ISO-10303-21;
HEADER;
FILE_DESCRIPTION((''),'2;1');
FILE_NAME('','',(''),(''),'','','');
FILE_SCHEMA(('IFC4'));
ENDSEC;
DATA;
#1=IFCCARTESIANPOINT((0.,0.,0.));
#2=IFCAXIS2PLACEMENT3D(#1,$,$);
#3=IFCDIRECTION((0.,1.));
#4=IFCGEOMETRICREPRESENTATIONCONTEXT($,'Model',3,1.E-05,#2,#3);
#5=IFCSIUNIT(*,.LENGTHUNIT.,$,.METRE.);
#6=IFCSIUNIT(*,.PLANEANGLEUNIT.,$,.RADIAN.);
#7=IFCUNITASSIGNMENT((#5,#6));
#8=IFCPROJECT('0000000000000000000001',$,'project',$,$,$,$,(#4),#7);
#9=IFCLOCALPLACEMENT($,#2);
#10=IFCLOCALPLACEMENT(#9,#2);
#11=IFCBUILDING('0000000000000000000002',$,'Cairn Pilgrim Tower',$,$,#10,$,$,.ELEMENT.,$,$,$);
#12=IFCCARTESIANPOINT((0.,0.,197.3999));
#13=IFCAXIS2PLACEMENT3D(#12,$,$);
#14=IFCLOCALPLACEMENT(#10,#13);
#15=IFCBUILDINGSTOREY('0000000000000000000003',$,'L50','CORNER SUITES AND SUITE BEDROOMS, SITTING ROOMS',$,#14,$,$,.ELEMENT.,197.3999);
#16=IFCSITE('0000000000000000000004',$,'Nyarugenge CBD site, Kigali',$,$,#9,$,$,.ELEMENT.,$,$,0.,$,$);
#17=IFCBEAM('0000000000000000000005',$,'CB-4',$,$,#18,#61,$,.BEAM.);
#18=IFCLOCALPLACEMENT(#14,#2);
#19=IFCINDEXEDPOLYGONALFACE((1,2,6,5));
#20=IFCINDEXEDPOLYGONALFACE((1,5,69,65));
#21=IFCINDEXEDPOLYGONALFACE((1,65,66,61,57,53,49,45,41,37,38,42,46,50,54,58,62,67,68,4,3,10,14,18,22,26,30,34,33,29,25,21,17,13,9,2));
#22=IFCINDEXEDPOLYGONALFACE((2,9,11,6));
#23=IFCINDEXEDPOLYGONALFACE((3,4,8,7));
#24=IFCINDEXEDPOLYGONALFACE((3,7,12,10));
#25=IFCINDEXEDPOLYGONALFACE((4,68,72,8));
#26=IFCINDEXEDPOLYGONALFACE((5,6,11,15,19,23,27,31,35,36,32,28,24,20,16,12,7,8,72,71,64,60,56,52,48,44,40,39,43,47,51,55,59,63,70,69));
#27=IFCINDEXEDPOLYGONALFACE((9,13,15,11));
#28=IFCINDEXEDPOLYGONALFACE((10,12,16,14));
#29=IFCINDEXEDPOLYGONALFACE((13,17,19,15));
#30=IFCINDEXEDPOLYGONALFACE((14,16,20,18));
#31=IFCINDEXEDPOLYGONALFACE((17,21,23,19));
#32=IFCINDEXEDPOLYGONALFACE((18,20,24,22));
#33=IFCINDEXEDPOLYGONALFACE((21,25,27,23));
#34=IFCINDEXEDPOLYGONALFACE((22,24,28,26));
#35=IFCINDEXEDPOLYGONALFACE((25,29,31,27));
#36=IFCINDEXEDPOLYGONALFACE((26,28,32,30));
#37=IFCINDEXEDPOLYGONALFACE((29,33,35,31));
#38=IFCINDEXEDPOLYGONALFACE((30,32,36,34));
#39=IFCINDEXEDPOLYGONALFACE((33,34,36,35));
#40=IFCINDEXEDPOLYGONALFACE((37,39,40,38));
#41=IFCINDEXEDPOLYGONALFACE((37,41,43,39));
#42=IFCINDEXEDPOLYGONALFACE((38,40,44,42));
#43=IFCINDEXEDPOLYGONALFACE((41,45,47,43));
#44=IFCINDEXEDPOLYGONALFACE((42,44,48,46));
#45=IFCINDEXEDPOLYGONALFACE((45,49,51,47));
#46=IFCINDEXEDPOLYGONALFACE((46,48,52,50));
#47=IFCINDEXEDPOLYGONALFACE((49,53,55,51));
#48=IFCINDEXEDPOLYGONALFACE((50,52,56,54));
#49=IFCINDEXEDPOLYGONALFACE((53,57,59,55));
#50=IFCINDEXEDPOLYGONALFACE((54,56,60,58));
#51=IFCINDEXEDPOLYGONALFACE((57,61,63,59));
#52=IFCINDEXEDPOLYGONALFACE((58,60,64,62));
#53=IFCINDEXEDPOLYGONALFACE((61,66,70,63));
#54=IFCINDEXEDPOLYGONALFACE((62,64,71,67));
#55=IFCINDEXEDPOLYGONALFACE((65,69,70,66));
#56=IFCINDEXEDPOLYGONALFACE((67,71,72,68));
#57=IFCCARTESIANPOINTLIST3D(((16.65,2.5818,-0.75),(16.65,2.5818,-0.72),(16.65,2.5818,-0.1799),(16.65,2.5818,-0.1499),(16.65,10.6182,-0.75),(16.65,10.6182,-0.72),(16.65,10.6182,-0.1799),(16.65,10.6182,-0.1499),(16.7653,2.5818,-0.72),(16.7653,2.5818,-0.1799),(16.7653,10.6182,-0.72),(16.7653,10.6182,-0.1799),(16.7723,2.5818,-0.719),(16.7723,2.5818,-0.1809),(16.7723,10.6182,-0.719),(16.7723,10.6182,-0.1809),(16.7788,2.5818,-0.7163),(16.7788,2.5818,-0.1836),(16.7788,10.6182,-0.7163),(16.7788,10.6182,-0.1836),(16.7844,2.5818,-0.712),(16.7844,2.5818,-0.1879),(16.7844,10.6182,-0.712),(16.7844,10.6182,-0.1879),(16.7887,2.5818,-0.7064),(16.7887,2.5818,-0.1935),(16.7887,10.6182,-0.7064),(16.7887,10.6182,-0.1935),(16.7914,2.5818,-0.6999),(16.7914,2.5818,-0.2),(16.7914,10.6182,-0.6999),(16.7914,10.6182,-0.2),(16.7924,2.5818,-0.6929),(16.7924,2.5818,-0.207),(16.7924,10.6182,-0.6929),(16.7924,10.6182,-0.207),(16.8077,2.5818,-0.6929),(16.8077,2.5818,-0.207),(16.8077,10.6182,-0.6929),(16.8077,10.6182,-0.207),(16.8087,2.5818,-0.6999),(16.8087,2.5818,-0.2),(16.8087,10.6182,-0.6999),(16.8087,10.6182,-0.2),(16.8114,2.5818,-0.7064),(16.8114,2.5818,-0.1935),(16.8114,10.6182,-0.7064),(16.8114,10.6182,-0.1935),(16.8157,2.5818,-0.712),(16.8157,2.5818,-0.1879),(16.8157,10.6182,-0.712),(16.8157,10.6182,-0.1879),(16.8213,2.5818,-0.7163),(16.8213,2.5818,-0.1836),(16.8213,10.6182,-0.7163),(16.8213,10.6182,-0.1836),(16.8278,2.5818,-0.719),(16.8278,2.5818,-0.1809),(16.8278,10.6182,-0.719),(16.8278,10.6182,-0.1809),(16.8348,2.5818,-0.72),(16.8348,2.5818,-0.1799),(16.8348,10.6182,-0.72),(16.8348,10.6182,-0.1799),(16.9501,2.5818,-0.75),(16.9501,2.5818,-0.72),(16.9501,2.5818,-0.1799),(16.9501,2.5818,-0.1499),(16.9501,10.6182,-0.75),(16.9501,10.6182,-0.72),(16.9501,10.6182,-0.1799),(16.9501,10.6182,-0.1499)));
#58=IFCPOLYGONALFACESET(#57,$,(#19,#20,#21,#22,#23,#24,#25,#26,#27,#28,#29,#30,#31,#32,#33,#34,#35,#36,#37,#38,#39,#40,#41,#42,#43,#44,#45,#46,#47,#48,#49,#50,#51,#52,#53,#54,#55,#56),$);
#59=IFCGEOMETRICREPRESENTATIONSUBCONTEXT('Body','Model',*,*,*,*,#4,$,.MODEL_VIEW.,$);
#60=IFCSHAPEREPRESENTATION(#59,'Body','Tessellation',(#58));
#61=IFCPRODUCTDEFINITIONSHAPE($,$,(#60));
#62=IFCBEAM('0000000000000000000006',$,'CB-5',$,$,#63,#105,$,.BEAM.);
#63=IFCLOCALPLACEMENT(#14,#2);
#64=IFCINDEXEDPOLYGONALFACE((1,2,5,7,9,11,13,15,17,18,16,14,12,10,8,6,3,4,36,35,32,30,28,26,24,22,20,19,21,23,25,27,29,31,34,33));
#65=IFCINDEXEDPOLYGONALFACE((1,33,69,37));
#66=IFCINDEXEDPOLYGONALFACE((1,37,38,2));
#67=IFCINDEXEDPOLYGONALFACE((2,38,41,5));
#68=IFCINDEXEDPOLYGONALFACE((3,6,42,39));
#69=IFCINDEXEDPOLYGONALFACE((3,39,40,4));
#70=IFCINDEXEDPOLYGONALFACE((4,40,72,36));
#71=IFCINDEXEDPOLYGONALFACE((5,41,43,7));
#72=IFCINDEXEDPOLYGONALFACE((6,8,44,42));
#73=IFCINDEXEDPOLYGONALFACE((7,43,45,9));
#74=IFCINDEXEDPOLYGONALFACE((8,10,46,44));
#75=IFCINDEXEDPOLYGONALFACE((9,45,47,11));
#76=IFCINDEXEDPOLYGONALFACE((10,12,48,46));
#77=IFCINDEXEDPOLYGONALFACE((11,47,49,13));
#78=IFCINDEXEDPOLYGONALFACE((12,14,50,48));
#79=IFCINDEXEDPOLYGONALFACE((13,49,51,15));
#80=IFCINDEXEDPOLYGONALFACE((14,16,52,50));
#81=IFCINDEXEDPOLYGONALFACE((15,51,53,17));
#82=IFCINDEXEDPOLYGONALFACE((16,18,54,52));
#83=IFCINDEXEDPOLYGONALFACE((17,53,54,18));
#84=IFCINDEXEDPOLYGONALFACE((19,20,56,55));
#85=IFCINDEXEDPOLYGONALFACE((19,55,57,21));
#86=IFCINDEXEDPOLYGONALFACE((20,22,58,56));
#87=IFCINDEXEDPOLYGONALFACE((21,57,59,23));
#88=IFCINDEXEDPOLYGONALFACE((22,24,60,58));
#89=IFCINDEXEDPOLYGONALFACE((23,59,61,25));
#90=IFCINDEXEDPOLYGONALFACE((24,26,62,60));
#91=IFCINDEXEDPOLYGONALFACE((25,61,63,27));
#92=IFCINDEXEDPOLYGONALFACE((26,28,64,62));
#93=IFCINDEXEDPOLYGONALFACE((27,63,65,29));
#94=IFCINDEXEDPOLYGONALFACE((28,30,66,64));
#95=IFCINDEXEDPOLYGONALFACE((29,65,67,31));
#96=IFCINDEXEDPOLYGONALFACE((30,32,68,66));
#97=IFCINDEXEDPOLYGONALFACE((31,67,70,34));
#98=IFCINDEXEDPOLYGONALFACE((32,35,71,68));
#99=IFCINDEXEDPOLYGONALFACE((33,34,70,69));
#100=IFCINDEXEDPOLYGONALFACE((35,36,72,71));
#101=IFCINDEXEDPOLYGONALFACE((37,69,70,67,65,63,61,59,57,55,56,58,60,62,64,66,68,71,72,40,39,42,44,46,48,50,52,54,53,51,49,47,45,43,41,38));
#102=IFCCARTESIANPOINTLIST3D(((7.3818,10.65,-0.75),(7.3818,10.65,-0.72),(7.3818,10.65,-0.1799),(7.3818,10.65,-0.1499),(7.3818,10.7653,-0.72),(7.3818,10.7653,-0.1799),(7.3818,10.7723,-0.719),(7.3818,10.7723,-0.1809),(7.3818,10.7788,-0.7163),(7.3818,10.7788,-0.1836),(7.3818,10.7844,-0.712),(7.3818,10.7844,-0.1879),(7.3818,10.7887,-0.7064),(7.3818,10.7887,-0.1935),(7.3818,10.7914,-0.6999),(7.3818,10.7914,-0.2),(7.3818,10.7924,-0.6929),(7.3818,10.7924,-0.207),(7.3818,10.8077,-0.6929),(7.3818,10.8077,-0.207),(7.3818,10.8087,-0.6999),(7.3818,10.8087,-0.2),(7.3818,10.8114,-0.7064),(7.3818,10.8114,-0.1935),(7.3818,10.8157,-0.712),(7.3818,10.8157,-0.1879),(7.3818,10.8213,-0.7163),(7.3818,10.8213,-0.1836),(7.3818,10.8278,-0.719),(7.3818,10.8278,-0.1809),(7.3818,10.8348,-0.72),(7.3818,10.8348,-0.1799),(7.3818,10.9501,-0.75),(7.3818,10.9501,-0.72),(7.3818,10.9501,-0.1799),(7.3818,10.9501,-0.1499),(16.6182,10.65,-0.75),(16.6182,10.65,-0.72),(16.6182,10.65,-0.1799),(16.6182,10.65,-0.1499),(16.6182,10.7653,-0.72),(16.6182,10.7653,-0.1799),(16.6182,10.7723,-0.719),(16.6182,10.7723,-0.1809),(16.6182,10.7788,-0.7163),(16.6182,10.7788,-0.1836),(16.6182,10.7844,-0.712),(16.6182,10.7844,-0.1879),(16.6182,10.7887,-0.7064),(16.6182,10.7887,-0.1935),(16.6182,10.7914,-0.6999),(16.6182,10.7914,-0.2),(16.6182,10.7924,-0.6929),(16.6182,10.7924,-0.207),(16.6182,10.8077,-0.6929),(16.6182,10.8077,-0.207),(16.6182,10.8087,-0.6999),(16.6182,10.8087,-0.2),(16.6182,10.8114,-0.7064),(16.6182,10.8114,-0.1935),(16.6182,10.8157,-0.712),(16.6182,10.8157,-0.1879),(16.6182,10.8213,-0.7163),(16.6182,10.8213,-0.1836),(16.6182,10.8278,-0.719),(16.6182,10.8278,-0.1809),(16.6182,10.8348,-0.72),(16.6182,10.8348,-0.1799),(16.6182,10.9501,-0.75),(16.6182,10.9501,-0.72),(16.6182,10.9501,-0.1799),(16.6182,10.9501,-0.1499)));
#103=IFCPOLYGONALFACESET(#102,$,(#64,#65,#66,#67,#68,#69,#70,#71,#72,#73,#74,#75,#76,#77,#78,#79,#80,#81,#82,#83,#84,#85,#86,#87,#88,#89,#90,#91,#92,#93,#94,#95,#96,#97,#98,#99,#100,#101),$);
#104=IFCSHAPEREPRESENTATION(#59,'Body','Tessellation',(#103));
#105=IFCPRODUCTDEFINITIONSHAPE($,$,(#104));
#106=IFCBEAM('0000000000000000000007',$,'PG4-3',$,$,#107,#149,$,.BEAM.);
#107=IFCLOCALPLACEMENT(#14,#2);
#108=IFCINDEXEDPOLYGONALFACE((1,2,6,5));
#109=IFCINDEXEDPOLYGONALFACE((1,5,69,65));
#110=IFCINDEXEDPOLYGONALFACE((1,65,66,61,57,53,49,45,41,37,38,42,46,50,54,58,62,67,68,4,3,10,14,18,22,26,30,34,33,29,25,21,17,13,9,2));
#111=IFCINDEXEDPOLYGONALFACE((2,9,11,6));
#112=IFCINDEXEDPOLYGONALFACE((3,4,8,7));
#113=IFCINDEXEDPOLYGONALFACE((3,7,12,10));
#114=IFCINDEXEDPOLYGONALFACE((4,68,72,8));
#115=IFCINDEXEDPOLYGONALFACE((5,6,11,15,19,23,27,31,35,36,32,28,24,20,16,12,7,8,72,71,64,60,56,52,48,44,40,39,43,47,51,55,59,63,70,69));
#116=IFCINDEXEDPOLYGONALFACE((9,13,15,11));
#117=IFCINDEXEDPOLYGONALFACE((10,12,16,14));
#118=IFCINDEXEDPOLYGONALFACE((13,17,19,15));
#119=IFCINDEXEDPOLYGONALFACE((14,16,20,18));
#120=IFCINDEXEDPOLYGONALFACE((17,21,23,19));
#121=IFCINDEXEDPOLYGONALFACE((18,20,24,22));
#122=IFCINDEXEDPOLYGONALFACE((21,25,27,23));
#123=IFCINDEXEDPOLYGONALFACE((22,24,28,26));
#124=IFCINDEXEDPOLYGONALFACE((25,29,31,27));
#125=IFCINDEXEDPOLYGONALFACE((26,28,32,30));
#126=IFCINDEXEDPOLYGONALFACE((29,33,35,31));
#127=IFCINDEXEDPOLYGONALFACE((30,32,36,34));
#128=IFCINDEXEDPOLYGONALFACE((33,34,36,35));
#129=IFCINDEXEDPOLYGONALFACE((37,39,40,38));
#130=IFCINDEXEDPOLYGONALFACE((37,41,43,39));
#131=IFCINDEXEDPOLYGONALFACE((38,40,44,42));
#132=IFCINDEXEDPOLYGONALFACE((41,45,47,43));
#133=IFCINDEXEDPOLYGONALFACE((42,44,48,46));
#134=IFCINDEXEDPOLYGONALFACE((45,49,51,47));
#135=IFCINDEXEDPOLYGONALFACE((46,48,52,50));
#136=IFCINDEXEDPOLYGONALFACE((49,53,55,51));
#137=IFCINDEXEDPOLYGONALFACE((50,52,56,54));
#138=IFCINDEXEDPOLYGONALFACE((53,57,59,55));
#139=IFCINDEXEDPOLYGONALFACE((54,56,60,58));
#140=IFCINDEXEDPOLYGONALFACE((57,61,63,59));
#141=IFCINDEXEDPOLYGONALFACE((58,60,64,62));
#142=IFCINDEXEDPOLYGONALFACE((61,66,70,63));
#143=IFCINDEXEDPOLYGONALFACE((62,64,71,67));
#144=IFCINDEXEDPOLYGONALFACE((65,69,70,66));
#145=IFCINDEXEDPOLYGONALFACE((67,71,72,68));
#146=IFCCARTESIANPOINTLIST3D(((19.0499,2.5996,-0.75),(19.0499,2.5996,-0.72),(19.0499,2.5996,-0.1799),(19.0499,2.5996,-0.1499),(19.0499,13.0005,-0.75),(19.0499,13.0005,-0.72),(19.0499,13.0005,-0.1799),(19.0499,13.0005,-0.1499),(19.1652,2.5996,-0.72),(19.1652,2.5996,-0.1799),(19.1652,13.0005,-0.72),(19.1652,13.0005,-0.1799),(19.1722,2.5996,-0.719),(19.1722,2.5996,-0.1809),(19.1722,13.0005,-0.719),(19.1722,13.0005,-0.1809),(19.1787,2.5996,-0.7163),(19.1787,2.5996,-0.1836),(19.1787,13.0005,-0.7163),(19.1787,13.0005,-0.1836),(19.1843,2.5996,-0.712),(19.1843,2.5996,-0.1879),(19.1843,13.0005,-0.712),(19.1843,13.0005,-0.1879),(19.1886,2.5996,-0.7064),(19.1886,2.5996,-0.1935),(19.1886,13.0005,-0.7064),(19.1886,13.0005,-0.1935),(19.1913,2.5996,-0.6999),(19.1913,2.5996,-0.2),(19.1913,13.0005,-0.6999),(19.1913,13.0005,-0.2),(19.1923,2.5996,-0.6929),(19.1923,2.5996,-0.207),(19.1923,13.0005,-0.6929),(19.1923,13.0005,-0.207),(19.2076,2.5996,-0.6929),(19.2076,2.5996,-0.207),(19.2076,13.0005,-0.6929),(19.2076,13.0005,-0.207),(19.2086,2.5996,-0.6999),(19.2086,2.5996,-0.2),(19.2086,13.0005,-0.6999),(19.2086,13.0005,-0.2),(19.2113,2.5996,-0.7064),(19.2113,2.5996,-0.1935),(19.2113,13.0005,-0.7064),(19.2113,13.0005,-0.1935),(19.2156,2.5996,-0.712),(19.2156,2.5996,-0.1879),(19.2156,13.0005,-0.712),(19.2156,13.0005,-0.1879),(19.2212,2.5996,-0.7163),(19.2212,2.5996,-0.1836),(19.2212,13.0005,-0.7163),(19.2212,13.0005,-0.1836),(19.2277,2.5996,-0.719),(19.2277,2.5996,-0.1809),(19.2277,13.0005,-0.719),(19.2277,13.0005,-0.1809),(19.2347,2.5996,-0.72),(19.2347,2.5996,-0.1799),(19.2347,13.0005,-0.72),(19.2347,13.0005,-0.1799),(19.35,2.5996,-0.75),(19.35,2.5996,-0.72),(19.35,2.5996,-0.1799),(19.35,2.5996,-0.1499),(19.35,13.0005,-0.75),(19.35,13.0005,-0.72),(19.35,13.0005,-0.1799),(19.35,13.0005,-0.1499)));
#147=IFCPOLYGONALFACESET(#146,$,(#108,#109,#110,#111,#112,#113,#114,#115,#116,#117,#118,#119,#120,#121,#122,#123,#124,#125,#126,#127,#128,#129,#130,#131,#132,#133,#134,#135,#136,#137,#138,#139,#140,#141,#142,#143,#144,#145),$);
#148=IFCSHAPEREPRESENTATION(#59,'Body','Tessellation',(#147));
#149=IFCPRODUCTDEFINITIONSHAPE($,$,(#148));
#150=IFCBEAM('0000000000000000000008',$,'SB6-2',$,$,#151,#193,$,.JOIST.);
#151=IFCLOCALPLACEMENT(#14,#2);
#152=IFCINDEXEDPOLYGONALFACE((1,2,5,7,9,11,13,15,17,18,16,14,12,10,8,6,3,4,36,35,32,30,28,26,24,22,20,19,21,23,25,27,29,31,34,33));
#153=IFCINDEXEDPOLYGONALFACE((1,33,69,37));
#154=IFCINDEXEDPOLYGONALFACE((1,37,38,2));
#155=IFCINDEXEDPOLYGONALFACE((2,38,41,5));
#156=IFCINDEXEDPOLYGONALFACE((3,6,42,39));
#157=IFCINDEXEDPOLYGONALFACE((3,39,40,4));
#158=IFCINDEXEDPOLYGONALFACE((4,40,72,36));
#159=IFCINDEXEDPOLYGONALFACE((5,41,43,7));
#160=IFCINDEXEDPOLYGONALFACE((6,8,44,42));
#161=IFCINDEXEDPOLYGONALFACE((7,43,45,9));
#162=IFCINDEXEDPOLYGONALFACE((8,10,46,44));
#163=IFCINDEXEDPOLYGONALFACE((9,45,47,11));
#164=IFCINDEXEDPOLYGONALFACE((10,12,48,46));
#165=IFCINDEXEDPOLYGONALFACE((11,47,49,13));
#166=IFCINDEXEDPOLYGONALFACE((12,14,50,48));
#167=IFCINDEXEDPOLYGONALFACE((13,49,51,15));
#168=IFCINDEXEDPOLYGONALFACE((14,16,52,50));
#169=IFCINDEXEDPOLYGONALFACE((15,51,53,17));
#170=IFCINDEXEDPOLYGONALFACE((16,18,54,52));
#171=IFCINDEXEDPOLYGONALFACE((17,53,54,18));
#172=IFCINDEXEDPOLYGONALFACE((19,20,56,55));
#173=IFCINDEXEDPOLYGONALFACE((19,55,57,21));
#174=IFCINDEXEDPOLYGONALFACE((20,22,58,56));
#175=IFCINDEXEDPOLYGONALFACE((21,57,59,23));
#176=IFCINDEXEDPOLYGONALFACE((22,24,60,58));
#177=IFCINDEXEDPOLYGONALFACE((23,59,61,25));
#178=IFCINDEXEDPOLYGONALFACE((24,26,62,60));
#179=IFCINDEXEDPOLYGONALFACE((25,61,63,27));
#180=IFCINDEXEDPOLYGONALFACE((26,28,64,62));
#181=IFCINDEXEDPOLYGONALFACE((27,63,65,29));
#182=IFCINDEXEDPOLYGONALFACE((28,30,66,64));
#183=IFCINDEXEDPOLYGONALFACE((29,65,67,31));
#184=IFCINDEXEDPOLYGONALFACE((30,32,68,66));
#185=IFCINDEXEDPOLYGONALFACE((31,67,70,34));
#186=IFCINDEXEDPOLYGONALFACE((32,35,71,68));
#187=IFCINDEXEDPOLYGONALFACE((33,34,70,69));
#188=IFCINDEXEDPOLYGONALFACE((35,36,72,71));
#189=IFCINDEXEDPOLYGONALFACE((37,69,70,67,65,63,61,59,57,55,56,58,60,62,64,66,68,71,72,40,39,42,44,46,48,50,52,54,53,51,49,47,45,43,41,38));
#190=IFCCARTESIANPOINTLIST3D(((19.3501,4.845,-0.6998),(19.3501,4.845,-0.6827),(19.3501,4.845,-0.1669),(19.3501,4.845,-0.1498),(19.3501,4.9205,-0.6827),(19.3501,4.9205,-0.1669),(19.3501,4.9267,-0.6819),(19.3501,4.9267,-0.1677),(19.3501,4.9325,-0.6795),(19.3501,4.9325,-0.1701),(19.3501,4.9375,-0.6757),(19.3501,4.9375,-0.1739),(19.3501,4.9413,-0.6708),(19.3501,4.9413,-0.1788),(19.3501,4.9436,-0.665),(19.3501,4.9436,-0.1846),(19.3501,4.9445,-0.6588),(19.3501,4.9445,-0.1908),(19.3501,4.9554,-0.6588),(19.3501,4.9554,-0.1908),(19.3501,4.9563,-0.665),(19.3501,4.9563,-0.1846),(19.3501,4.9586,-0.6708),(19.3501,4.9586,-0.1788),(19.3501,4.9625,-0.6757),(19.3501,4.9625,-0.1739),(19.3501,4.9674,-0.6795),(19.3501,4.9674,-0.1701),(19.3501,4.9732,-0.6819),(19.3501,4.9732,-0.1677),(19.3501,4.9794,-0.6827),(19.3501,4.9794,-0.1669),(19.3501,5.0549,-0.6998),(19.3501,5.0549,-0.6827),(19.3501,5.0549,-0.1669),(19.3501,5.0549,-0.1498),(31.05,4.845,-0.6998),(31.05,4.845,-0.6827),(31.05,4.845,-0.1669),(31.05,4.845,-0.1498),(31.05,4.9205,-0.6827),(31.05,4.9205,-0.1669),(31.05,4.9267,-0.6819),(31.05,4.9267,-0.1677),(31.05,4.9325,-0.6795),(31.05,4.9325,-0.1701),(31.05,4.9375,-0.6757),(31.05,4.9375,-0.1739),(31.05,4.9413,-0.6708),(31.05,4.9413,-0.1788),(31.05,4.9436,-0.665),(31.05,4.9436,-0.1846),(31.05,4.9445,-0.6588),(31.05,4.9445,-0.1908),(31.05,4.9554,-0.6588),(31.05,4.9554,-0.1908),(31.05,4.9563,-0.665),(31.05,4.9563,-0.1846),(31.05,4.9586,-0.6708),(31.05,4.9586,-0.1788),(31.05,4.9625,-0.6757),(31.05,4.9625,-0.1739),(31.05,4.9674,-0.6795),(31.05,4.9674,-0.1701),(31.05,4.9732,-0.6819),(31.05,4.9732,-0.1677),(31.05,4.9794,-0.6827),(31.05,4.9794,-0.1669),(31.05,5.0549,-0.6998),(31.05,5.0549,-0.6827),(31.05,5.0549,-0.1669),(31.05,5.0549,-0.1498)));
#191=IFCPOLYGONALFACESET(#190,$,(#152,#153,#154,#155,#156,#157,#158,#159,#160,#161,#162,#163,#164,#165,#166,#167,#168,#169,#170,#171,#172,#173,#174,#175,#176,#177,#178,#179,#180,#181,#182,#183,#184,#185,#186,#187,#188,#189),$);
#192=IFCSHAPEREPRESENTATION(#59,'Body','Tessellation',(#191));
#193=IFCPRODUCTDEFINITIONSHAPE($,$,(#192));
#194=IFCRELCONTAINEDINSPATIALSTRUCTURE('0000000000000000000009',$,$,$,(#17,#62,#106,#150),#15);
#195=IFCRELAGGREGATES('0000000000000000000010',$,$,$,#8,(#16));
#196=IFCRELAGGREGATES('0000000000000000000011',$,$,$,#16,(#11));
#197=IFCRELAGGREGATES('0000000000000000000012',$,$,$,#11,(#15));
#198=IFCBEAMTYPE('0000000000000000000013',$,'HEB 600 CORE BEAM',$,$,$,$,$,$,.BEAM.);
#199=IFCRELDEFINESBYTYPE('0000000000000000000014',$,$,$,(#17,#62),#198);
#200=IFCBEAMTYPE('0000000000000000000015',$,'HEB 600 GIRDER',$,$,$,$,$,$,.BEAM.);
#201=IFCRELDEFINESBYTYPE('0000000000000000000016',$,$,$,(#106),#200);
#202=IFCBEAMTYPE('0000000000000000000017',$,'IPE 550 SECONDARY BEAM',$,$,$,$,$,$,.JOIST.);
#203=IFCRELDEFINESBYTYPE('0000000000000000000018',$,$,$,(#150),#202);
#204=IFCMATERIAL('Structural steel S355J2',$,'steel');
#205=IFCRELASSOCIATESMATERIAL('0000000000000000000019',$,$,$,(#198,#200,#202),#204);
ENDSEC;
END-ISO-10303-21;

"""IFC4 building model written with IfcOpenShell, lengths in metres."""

from ifc_helpers import new_model, si_unit, direction, frame, origin, origin_2d, place, context, subcontext, project, spatial, i_section, extrude, material, material_profile, profile_set, type_object, element, save


model = new_model("IFC4")

# Units and contexts
model_context = context("Model", 3, precision=1e-05, world=origin(), true_north=direction((0.0, 1.0)))
body_context = subcontext(model_context, "Body", "Model", "MODEL_VIEW")
ifc_project = project(units=[si_unit("LENGTHUNIT", "METRE"), si_unit("PLANEANGLEUNIT", "RADIAN")], contexts=[model_context])

# Site, building, storey
site_placement = place(None, origin())
site = spatial("IfcSite", under=ifc_project, at=site_placement, Name="Nyarugenge CBD site, Kigali", CompositionType="ELEMENT", RefElevation=0.0)
building_placement = place(site_placement, origin())
building = spatial("IfcBuilding", under=site, at=building_placement, Name="Cairn Pilgrim Tower", CompositionType="ELEMENT")
storey_placement = place(building_placement, frame((0.0, 0.0, 197.3999)))
storey = spatial("IfcBuildingStorey", under=building, at=storey_placement, Name="L50", Description="CORNER SUITES AND SUITE BEDROOMS, SITTING ROOMS", CompositionType="ELEMENT", Elevation=197.3999)

# Shared definitions
ifc_material_1 = material(Name="Structural steel S355J2", Category="steel")

# Beams
ifc_material_profile_1 = material_profile(ifc_material_1, i_section(OverallWidth=0.3, OverallDepth=0.6001, WebThickness=0.0154, FlangeThickness=0.03, FilletRadius=0.0271, at=origin_2d()), Name="HEB 600")
ifc_profile_set_1 = profile_set([ifc_material_profile_1], Name="Structural steel S355J2")
beam_type_1 = type_object("IfcBeamType", Name="HEB 600 CORE BEAM", PredefinedType="BEAM", material=ifc_profile_set_1)
beam_1_placement = place(storey_placement, frame((16.8, 2.5818, -0.45), z_axis=(0.0, 1.0, 0.0), x_axis=(-1.0, 0.0, 0.0)))
element("IfcBeam", 1, at=beam_1_placement, inside=storey, type_object=beam_type_1, Name="CB-4", PredefinedType="BEAM", context=body_context, shape_type="SweptSolid", body=[
    extrude(i_section(OverallWidth=0.3, OverallDepth=0.6001, WebThickness=0.0154, FlangeThickness=0.03, FilletRadius=0.0271, at=origin_2d()), origin(), (0.0, 0.0, 1.0), 8.0364),
])
beam_2_placement = place(storey_placement, frame((16.6182, 10.8, -0.45), z_axis=(-1.0, 0.0, 0.0), x_axis=(0.0, -1.0, 0.0)))
element("IfcBeam", 2, at=beam_2_placement, inside=storey, type_object=beam_type_1, Name="CB-5", PredefinedType="BEAM", context=body_context, shape_type="SweptSolid", body=[
    extrude(i_section(OverallWidth=0.3, OverallDepth=0.6001, WebThickness=0.0154, FlangeThickness=0.03, FilletRadius=0.0271, at=origin_2d()), origin(), (0.0, 0.0, 1.0), 9.2363),
])
ifc_material_profile_2 = material_profile(ifc_material_1, i_section(OverallWidth=0.3, OverallDepth=0.6001, WebThickness=0.0154, FlangeThickness=0.03, FilletRadius=0.0271, at=origin_2d()), Name="HEB 600")
ifc_profile_set_2 = profile_set([ifc_material_profile_2], Name="Structural steel S355J2")
beam_type_2 = type_object("IfcBeamType", Name="HEB 600 GIRDER", PredefinedType="BEAM", material=ifc_profile_set_2)
beam_3_placement = place(storey_placement, frame((19.2, 2.5996, -0.45), z_axis=(0.0, 1.0, 0.0), x_axis=(-1.0, 0.0, 0.0)))
element("IfcBeam", 3, at=beam_3_placement, inside=storey, type_object=beam_type_2, Name="PG4-3", PredefinedType="BEAM", context=body_context, shape_type="SweptSolid", body=[
    extrude(i_section(OverallWidth=0.3, OverallDepth=0.6001, WebThickness=0.0154, FlangeThickness=0.03, FilletRadius=0.0271, at=origin_2d()), origin(), (0.0, 0.0, 1.0), 10.4009),
])
ifc_material_profile_3 = material_profile(ifc_material_1, i_section(OverallWidth=0.21, OverallDepth=0.55, WebThickness=0.011, FlangeThickness=0.0171, FilletRadius=0.0239, at=origin_2d()), Name="IPE 550")
ifc_profile_set_3 = profile_set([ifc_material_profile_3], Name="Structural steel S355J2")
beam_type_3 = type_object("IfcBeamType", Name="IPE 550 SECONDARY BEAM", PredefinedType="JOIST", material=ifc_profile_set_3)
for number, where, z_axis, x_axis, name in (
    (4, (19.3501, 4.95, -0.4248), (1.0, 0.0, 0.0), (0.0, 1.0, 0.0), "SB6-2"),
):
    element("IfcBeam", number, at=place(storey_placement, frame(where, z_axis=z_axis, x_axis=x_axis)), inside=storey, type_object=beam_type_3, Name=name, PredefinedType="JOIST", context=body_context, shape_type="SweptSolid", body=[
        extrude(i_section(OverallWidth=0.21, OverallDepth=0.55, WebThickness=0.011, FlangeThickness=0.0171, FilletRadius=0.0239, at=origin_2d()), origin(), (0.0, 0.0, 1.0), 11.7),
    ])

save(model, "model.ifc")
